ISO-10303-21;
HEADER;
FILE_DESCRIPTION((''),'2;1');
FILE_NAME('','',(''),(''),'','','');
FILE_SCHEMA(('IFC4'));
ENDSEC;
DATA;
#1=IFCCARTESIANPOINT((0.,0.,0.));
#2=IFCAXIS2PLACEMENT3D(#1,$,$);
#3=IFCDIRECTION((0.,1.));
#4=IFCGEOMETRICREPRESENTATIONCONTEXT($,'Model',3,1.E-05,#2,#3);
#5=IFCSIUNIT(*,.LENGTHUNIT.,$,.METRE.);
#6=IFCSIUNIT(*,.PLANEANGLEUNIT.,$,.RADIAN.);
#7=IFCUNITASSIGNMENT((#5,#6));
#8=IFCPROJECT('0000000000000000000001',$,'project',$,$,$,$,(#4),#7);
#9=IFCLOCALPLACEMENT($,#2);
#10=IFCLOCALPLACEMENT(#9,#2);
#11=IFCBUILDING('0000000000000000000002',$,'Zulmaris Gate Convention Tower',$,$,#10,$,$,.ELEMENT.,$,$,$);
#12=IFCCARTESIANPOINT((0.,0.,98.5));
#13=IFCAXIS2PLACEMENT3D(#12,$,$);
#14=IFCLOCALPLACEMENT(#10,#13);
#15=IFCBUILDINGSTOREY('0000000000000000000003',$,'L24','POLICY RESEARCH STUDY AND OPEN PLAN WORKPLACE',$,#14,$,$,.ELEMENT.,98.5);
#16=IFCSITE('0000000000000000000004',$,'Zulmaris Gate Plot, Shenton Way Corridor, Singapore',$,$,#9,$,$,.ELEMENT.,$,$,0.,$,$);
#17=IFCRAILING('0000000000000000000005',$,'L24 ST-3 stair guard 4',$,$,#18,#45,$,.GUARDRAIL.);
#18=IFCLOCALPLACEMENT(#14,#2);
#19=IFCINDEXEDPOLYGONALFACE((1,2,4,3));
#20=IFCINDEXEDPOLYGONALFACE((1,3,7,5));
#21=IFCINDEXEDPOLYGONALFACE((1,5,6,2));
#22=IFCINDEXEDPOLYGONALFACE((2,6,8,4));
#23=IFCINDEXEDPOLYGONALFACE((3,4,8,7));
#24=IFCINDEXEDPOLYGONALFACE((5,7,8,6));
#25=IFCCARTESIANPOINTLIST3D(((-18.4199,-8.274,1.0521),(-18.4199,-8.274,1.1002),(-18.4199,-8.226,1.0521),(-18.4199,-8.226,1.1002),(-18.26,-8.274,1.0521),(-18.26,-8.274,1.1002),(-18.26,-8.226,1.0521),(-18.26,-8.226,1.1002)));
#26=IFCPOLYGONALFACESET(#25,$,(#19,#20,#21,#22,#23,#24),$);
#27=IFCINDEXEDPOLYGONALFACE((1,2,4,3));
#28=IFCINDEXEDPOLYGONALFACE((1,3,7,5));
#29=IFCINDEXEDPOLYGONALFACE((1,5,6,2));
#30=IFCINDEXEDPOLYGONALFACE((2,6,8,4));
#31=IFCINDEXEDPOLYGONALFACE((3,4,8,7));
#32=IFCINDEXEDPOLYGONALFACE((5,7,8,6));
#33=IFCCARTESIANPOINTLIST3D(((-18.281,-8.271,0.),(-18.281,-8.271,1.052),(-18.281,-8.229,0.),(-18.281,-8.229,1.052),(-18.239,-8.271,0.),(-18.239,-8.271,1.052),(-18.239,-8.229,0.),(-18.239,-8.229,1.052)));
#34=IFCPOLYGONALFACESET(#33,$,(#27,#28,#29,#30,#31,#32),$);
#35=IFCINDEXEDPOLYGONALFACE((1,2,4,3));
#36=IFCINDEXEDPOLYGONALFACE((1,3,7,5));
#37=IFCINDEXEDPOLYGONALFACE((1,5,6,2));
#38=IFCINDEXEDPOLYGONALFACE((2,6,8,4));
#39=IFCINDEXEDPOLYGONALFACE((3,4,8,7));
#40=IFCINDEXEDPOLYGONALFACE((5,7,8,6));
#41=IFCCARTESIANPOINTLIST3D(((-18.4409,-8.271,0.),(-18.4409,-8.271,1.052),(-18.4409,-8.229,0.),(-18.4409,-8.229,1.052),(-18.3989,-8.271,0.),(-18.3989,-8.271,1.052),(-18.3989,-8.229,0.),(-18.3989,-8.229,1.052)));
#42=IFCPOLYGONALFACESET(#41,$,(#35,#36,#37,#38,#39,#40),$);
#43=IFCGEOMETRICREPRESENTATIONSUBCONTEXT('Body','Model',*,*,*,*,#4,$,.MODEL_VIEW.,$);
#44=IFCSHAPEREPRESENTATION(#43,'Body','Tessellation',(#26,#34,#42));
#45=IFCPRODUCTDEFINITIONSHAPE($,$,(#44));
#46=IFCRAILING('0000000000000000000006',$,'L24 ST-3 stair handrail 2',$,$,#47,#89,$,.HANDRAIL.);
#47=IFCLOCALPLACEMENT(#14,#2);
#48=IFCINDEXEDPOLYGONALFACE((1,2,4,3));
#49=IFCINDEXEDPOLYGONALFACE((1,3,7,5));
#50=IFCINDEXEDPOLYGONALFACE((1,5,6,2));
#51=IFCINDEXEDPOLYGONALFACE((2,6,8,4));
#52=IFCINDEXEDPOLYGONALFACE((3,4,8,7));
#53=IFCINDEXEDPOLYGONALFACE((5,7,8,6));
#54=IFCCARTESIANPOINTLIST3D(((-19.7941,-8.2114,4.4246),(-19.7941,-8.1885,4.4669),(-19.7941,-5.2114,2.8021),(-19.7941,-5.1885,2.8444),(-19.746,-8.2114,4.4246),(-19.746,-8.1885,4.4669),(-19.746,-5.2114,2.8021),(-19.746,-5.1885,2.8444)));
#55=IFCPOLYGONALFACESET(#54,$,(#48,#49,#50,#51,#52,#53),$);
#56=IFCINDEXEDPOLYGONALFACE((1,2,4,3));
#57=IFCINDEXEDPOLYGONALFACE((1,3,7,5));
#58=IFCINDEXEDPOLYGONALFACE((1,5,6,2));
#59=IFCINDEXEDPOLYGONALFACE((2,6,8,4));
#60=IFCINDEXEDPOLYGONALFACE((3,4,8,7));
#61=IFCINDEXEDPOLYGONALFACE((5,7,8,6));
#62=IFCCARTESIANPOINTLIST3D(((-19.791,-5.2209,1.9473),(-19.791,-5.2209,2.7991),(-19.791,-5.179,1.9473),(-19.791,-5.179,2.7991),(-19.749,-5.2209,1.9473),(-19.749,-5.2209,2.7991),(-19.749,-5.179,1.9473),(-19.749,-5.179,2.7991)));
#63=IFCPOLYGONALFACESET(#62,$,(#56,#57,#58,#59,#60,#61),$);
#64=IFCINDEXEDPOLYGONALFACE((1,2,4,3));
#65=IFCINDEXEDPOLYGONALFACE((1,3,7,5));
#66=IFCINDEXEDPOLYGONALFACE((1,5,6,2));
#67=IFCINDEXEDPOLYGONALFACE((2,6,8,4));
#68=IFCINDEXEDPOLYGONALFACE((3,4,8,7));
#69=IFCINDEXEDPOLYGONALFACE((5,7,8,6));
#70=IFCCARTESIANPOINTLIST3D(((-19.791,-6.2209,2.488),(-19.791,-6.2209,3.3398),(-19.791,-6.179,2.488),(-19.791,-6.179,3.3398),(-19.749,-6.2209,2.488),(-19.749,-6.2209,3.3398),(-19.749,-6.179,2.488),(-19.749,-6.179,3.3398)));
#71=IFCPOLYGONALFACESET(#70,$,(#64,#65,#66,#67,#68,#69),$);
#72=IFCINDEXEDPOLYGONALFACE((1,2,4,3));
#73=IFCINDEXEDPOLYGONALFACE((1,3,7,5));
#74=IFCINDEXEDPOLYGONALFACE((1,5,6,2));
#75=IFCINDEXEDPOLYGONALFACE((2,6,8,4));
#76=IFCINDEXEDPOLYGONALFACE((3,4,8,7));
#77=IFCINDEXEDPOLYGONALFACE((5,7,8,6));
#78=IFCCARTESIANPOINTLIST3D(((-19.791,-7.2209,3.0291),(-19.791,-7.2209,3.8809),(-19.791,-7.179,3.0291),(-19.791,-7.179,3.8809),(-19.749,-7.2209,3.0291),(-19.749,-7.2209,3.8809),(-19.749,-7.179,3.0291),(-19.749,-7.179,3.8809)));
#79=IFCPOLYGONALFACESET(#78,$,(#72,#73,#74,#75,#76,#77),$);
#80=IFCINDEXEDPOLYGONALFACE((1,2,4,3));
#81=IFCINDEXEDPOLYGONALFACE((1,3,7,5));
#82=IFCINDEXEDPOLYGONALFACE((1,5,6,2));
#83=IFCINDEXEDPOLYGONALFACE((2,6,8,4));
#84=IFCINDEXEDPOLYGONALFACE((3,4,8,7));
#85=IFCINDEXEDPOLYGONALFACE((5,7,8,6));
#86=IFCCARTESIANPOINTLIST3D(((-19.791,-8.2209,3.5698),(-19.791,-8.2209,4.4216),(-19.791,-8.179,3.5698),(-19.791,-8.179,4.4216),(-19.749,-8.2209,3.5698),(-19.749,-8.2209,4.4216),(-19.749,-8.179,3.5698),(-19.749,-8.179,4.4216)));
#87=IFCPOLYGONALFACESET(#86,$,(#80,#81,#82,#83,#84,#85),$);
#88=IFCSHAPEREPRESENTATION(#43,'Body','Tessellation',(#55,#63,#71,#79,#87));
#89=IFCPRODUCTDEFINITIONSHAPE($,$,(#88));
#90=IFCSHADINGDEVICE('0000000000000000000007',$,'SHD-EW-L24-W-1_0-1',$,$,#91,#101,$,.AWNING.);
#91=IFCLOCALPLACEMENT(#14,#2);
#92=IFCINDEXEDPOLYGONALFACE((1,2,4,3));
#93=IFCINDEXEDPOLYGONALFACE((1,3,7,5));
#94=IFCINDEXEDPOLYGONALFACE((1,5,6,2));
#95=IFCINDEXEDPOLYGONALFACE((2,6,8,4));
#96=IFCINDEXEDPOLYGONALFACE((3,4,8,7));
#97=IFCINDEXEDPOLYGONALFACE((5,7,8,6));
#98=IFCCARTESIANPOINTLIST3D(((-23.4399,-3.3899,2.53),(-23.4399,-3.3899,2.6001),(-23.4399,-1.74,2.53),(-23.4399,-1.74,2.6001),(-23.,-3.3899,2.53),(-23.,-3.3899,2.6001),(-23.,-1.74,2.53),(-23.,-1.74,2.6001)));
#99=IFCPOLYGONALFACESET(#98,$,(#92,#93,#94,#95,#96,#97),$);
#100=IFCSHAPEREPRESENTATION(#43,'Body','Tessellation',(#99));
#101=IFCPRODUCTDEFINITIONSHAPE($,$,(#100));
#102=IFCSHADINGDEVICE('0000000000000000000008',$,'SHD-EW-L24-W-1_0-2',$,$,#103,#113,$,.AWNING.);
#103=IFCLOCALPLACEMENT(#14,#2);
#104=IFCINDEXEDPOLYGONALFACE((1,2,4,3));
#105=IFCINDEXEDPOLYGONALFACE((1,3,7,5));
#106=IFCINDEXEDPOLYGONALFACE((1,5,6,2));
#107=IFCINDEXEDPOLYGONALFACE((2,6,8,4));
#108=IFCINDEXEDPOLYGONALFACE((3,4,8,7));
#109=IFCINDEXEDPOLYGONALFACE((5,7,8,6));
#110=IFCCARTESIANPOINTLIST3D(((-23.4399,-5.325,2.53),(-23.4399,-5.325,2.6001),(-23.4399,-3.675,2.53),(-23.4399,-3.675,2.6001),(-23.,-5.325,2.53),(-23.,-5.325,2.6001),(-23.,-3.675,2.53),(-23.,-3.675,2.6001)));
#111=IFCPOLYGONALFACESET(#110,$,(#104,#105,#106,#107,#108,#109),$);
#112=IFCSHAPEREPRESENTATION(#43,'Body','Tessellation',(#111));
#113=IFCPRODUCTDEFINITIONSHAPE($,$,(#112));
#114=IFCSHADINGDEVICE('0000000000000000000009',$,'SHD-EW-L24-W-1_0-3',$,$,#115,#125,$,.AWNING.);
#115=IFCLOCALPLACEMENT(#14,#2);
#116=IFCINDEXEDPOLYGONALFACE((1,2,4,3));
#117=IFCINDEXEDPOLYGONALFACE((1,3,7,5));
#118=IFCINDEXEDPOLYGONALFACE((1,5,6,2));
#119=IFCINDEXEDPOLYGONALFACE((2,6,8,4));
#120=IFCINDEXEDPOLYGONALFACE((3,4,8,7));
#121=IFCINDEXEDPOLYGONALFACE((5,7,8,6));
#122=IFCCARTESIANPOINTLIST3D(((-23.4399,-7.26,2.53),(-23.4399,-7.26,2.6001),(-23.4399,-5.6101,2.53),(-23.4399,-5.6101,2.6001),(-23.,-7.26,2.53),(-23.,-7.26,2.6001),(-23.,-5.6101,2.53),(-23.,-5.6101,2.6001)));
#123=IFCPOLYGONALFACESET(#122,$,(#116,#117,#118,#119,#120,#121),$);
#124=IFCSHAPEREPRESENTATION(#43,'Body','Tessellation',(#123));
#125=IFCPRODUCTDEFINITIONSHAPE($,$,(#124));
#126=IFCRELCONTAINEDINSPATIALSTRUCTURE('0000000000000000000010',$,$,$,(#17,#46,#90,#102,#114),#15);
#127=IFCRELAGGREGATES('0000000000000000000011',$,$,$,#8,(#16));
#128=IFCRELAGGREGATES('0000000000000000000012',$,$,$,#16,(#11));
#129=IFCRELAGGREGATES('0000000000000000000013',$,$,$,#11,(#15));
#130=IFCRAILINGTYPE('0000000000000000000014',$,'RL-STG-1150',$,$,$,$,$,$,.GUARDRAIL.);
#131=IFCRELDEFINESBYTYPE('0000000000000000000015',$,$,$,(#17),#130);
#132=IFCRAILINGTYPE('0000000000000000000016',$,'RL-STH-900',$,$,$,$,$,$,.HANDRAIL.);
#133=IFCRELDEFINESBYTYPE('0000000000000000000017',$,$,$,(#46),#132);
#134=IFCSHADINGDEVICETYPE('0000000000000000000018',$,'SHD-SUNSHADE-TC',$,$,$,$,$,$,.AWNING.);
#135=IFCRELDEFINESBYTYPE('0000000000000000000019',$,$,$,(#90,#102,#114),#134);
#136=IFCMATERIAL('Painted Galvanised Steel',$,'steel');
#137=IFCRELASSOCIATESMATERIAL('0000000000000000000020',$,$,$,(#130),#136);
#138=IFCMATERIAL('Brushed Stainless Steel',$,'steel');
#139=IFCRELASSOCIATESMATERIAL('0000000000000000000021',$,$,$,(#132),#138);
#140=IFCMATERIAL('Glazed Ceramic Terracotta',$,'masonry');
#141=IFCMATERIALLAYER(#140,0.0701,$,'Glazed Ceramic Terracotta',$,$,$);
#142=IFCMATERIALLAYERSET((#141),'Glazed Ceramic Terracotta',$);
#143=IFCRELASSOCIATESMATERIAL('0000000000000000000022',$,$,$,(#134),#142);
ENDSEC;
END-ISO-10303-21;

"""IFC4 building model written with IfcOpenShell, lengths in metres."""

from ifc_helpers import new_model, si_unit, direction, frame, frame_2d, origin, origin_2d, place, context, subcontext, project, spatial, rectangle, extrude, material, layer, layer_set, type_object, element, save


model = new_model("IFC4")

# Units and contexts
model_context = context("Model", 3, precision=1e-05, world=origin(), true_north=direction((0.0, 1.0)))
body_context = subcontext(model_context, "Body", "Model", "MODEL_VIEW")
ifc_project = project(units=[si_unit("LENGTHUNIT", "METRE"), si_unit("PLANEANGLEUNIT", "RADIAN")], contexts=[model_context])

# Site, building, storey
site_placement = place(None, origin())
site = spatial("IfcSite", under=ifc_project, at=site_placement, Name="Zulmaris Gate Plot, Shenton Way Corridor, Singapore", CompositionType="ELEMENT", RefElevation=0.0)
building_placement = place(site_placement, origin())
building = spatial("IfcBuilding", under=site, at=building_placement, Name="Zulmaris Gate Convention Tower", CompositionType="ELEMENT")
storey_placement = place(building_placement, frame((0.0, 0.0, 98.5)))
storey = spatial("IfcBuildingStorey", under=building, at=storey_placement, Name="L24", Description="POLICY RESEARCH STUDY AND OPEN PLAN WORKPLACE", CompositionType="ELEMENT", Elevation=98.5)

# Railings
ifc_material_1 = material(Name="Painted Galvanised Steel", Category="steel")
railing_type_1 = type_object("IfcRailingType", Name="RL-STG-1150", PredefinedType="GUARDRAIL", material=ifc_material_1)
railing_1_placement = place(storey_placement, frame((-18.26, -8.25, 0.0)))
element("IfcRailing", 1, at=railing_1_placement, inside=storey, type_object=railing_type_1, Name="L24 ST-3 stair guard 4", PredefinedType="GUARDRAIL", context=body_context, shape_type="SweptSolid", body=[
    extrude(rectangle(XDim=0.0481, YDim=0.0481, at=origin_2d()), frame((0.0, 0.0, 1.0762), z_axis=(-1.0, 0.0, 0.0), x_axis=(0.0, -1.0, 0.0)), (0.0, 0.0, 1.0), 0.1599),
    extrude(rectangle(XDim=0.042, YDim=0.042, at=origin_2d()), origin(), (0.0, 0.0, 1.0), 1.052),
    extrude(rectangle(XDim=0.042, YDim=0.042, at=origin_2d()), frame((-0.1599, 0.0, 0.0)), (0.0, 0.0, 1.0), 1.052),
])
ifc_material_2 = material(Name="Brushed Stainless Steel", Category="steel")
railing_type_2 = type_object("IfcRailingType", Name="RL-STH-900", PredefinedType="HANDRAIL", material=ifc_material_2)
railing_2_placement = place(storey_placement, frame((-19.77, -5.2, 1.9473)))
element("IfcRailing", 2, at=railing_2_placement, inside=storey, type_object=railing_type_2, Name="L24 ST-3 stair handrail 2", PredefinedType="HANDRAIL", context=body_context, shape_type="SweptSolid", body=[
    extrude(rectangle(XDim=0.0481, YDim=0.0481, at=origin_2d()), frame((0.0, 0.0, 0.876), z_axis=(0.0, -0.879592, 0.47573), x_axis=(1.0, 0.0, 0.0)), (0.0, 0.0, 1.0), 3.4106),
    extrude(rectangle(XDim=0.042, YDim=0.042, at=origin_2d()), origin(), (0.0, 0.0, 1.0), 0.8518),
    extrude(rectangle(XDim=0.042, YDim=0.042, at=origin_2d()), frame((0.0, -1.0, 0.5408)), (0.0, 0.0, 1.0), 0.8518),
    extrude(rectangle(XDim=0.042, YDim=0.042, at=origin_2d()), frame((0.0, -2.0, 1.0818)), (0.0, 0.0, 1.0), 0.8518),
    extrude(rectangle(XDim=0.042, YDim=0.042, at=origin_2d()), frame((0.0, -3.0, 1.6226)), (0.0, 0.0, 1.0), 0.8518),
])

# Shading devices
ifc_material_3 = material(Name="Glazed Ceramic Terracotta", Category="masonry")
ifc_layer_1 = layer(ifc_material_3, 0.0701, Name="Glazed Ceramic Terracotta")
ifc_layer_set_1 = layer_set([ifc_layer_1], Name="Glazed Ceramic Terracotta")
shading_device_type = type_object("IfcShadingDeviceType", Name="SHD-SUNSHADE-TC", PredefinedType="AWNING", material=ifc_layer_set_1)
for number, where, z_axis, x_axis, name in (
    (3, (-23.22, -1.74, 2.53), (0.0, 0.0, 1.0), (0.0, -1.0, 0.0), "SHD-EW-L24-W-1_0-1"),
    (4, (-23.22, -3.675, 2.53), (0.0, 0.0, 1.0), (0.0, -1.0, 0.0), "SHD-EW-L24-W-1_0-2"),
    (5, (-23.22, -5.6101, 2.53), (0.0, 0.0, 1.0), (0.0, -1.0, 0.0), "SHD-EW-L24-W-1_0-3"),
):
    element("IfcShadingDevice", number, at=place(storey_placement, frame(where, z_axis=z_axis, x_axis=x_axis)), inside=storey, type_object=shading_device_type, Name=name, PredefinedType="AWNING", context=body_context, shape_type="SweptSolid", body=[
        extrude(rectangle(XDim=1.6499, YDim=0.4399, at=frame_2d((0.825, 0.0))), origin(), (0.0, 0.0, 1.0), 0.0701),
    ])

save(model, "model.ifc")
